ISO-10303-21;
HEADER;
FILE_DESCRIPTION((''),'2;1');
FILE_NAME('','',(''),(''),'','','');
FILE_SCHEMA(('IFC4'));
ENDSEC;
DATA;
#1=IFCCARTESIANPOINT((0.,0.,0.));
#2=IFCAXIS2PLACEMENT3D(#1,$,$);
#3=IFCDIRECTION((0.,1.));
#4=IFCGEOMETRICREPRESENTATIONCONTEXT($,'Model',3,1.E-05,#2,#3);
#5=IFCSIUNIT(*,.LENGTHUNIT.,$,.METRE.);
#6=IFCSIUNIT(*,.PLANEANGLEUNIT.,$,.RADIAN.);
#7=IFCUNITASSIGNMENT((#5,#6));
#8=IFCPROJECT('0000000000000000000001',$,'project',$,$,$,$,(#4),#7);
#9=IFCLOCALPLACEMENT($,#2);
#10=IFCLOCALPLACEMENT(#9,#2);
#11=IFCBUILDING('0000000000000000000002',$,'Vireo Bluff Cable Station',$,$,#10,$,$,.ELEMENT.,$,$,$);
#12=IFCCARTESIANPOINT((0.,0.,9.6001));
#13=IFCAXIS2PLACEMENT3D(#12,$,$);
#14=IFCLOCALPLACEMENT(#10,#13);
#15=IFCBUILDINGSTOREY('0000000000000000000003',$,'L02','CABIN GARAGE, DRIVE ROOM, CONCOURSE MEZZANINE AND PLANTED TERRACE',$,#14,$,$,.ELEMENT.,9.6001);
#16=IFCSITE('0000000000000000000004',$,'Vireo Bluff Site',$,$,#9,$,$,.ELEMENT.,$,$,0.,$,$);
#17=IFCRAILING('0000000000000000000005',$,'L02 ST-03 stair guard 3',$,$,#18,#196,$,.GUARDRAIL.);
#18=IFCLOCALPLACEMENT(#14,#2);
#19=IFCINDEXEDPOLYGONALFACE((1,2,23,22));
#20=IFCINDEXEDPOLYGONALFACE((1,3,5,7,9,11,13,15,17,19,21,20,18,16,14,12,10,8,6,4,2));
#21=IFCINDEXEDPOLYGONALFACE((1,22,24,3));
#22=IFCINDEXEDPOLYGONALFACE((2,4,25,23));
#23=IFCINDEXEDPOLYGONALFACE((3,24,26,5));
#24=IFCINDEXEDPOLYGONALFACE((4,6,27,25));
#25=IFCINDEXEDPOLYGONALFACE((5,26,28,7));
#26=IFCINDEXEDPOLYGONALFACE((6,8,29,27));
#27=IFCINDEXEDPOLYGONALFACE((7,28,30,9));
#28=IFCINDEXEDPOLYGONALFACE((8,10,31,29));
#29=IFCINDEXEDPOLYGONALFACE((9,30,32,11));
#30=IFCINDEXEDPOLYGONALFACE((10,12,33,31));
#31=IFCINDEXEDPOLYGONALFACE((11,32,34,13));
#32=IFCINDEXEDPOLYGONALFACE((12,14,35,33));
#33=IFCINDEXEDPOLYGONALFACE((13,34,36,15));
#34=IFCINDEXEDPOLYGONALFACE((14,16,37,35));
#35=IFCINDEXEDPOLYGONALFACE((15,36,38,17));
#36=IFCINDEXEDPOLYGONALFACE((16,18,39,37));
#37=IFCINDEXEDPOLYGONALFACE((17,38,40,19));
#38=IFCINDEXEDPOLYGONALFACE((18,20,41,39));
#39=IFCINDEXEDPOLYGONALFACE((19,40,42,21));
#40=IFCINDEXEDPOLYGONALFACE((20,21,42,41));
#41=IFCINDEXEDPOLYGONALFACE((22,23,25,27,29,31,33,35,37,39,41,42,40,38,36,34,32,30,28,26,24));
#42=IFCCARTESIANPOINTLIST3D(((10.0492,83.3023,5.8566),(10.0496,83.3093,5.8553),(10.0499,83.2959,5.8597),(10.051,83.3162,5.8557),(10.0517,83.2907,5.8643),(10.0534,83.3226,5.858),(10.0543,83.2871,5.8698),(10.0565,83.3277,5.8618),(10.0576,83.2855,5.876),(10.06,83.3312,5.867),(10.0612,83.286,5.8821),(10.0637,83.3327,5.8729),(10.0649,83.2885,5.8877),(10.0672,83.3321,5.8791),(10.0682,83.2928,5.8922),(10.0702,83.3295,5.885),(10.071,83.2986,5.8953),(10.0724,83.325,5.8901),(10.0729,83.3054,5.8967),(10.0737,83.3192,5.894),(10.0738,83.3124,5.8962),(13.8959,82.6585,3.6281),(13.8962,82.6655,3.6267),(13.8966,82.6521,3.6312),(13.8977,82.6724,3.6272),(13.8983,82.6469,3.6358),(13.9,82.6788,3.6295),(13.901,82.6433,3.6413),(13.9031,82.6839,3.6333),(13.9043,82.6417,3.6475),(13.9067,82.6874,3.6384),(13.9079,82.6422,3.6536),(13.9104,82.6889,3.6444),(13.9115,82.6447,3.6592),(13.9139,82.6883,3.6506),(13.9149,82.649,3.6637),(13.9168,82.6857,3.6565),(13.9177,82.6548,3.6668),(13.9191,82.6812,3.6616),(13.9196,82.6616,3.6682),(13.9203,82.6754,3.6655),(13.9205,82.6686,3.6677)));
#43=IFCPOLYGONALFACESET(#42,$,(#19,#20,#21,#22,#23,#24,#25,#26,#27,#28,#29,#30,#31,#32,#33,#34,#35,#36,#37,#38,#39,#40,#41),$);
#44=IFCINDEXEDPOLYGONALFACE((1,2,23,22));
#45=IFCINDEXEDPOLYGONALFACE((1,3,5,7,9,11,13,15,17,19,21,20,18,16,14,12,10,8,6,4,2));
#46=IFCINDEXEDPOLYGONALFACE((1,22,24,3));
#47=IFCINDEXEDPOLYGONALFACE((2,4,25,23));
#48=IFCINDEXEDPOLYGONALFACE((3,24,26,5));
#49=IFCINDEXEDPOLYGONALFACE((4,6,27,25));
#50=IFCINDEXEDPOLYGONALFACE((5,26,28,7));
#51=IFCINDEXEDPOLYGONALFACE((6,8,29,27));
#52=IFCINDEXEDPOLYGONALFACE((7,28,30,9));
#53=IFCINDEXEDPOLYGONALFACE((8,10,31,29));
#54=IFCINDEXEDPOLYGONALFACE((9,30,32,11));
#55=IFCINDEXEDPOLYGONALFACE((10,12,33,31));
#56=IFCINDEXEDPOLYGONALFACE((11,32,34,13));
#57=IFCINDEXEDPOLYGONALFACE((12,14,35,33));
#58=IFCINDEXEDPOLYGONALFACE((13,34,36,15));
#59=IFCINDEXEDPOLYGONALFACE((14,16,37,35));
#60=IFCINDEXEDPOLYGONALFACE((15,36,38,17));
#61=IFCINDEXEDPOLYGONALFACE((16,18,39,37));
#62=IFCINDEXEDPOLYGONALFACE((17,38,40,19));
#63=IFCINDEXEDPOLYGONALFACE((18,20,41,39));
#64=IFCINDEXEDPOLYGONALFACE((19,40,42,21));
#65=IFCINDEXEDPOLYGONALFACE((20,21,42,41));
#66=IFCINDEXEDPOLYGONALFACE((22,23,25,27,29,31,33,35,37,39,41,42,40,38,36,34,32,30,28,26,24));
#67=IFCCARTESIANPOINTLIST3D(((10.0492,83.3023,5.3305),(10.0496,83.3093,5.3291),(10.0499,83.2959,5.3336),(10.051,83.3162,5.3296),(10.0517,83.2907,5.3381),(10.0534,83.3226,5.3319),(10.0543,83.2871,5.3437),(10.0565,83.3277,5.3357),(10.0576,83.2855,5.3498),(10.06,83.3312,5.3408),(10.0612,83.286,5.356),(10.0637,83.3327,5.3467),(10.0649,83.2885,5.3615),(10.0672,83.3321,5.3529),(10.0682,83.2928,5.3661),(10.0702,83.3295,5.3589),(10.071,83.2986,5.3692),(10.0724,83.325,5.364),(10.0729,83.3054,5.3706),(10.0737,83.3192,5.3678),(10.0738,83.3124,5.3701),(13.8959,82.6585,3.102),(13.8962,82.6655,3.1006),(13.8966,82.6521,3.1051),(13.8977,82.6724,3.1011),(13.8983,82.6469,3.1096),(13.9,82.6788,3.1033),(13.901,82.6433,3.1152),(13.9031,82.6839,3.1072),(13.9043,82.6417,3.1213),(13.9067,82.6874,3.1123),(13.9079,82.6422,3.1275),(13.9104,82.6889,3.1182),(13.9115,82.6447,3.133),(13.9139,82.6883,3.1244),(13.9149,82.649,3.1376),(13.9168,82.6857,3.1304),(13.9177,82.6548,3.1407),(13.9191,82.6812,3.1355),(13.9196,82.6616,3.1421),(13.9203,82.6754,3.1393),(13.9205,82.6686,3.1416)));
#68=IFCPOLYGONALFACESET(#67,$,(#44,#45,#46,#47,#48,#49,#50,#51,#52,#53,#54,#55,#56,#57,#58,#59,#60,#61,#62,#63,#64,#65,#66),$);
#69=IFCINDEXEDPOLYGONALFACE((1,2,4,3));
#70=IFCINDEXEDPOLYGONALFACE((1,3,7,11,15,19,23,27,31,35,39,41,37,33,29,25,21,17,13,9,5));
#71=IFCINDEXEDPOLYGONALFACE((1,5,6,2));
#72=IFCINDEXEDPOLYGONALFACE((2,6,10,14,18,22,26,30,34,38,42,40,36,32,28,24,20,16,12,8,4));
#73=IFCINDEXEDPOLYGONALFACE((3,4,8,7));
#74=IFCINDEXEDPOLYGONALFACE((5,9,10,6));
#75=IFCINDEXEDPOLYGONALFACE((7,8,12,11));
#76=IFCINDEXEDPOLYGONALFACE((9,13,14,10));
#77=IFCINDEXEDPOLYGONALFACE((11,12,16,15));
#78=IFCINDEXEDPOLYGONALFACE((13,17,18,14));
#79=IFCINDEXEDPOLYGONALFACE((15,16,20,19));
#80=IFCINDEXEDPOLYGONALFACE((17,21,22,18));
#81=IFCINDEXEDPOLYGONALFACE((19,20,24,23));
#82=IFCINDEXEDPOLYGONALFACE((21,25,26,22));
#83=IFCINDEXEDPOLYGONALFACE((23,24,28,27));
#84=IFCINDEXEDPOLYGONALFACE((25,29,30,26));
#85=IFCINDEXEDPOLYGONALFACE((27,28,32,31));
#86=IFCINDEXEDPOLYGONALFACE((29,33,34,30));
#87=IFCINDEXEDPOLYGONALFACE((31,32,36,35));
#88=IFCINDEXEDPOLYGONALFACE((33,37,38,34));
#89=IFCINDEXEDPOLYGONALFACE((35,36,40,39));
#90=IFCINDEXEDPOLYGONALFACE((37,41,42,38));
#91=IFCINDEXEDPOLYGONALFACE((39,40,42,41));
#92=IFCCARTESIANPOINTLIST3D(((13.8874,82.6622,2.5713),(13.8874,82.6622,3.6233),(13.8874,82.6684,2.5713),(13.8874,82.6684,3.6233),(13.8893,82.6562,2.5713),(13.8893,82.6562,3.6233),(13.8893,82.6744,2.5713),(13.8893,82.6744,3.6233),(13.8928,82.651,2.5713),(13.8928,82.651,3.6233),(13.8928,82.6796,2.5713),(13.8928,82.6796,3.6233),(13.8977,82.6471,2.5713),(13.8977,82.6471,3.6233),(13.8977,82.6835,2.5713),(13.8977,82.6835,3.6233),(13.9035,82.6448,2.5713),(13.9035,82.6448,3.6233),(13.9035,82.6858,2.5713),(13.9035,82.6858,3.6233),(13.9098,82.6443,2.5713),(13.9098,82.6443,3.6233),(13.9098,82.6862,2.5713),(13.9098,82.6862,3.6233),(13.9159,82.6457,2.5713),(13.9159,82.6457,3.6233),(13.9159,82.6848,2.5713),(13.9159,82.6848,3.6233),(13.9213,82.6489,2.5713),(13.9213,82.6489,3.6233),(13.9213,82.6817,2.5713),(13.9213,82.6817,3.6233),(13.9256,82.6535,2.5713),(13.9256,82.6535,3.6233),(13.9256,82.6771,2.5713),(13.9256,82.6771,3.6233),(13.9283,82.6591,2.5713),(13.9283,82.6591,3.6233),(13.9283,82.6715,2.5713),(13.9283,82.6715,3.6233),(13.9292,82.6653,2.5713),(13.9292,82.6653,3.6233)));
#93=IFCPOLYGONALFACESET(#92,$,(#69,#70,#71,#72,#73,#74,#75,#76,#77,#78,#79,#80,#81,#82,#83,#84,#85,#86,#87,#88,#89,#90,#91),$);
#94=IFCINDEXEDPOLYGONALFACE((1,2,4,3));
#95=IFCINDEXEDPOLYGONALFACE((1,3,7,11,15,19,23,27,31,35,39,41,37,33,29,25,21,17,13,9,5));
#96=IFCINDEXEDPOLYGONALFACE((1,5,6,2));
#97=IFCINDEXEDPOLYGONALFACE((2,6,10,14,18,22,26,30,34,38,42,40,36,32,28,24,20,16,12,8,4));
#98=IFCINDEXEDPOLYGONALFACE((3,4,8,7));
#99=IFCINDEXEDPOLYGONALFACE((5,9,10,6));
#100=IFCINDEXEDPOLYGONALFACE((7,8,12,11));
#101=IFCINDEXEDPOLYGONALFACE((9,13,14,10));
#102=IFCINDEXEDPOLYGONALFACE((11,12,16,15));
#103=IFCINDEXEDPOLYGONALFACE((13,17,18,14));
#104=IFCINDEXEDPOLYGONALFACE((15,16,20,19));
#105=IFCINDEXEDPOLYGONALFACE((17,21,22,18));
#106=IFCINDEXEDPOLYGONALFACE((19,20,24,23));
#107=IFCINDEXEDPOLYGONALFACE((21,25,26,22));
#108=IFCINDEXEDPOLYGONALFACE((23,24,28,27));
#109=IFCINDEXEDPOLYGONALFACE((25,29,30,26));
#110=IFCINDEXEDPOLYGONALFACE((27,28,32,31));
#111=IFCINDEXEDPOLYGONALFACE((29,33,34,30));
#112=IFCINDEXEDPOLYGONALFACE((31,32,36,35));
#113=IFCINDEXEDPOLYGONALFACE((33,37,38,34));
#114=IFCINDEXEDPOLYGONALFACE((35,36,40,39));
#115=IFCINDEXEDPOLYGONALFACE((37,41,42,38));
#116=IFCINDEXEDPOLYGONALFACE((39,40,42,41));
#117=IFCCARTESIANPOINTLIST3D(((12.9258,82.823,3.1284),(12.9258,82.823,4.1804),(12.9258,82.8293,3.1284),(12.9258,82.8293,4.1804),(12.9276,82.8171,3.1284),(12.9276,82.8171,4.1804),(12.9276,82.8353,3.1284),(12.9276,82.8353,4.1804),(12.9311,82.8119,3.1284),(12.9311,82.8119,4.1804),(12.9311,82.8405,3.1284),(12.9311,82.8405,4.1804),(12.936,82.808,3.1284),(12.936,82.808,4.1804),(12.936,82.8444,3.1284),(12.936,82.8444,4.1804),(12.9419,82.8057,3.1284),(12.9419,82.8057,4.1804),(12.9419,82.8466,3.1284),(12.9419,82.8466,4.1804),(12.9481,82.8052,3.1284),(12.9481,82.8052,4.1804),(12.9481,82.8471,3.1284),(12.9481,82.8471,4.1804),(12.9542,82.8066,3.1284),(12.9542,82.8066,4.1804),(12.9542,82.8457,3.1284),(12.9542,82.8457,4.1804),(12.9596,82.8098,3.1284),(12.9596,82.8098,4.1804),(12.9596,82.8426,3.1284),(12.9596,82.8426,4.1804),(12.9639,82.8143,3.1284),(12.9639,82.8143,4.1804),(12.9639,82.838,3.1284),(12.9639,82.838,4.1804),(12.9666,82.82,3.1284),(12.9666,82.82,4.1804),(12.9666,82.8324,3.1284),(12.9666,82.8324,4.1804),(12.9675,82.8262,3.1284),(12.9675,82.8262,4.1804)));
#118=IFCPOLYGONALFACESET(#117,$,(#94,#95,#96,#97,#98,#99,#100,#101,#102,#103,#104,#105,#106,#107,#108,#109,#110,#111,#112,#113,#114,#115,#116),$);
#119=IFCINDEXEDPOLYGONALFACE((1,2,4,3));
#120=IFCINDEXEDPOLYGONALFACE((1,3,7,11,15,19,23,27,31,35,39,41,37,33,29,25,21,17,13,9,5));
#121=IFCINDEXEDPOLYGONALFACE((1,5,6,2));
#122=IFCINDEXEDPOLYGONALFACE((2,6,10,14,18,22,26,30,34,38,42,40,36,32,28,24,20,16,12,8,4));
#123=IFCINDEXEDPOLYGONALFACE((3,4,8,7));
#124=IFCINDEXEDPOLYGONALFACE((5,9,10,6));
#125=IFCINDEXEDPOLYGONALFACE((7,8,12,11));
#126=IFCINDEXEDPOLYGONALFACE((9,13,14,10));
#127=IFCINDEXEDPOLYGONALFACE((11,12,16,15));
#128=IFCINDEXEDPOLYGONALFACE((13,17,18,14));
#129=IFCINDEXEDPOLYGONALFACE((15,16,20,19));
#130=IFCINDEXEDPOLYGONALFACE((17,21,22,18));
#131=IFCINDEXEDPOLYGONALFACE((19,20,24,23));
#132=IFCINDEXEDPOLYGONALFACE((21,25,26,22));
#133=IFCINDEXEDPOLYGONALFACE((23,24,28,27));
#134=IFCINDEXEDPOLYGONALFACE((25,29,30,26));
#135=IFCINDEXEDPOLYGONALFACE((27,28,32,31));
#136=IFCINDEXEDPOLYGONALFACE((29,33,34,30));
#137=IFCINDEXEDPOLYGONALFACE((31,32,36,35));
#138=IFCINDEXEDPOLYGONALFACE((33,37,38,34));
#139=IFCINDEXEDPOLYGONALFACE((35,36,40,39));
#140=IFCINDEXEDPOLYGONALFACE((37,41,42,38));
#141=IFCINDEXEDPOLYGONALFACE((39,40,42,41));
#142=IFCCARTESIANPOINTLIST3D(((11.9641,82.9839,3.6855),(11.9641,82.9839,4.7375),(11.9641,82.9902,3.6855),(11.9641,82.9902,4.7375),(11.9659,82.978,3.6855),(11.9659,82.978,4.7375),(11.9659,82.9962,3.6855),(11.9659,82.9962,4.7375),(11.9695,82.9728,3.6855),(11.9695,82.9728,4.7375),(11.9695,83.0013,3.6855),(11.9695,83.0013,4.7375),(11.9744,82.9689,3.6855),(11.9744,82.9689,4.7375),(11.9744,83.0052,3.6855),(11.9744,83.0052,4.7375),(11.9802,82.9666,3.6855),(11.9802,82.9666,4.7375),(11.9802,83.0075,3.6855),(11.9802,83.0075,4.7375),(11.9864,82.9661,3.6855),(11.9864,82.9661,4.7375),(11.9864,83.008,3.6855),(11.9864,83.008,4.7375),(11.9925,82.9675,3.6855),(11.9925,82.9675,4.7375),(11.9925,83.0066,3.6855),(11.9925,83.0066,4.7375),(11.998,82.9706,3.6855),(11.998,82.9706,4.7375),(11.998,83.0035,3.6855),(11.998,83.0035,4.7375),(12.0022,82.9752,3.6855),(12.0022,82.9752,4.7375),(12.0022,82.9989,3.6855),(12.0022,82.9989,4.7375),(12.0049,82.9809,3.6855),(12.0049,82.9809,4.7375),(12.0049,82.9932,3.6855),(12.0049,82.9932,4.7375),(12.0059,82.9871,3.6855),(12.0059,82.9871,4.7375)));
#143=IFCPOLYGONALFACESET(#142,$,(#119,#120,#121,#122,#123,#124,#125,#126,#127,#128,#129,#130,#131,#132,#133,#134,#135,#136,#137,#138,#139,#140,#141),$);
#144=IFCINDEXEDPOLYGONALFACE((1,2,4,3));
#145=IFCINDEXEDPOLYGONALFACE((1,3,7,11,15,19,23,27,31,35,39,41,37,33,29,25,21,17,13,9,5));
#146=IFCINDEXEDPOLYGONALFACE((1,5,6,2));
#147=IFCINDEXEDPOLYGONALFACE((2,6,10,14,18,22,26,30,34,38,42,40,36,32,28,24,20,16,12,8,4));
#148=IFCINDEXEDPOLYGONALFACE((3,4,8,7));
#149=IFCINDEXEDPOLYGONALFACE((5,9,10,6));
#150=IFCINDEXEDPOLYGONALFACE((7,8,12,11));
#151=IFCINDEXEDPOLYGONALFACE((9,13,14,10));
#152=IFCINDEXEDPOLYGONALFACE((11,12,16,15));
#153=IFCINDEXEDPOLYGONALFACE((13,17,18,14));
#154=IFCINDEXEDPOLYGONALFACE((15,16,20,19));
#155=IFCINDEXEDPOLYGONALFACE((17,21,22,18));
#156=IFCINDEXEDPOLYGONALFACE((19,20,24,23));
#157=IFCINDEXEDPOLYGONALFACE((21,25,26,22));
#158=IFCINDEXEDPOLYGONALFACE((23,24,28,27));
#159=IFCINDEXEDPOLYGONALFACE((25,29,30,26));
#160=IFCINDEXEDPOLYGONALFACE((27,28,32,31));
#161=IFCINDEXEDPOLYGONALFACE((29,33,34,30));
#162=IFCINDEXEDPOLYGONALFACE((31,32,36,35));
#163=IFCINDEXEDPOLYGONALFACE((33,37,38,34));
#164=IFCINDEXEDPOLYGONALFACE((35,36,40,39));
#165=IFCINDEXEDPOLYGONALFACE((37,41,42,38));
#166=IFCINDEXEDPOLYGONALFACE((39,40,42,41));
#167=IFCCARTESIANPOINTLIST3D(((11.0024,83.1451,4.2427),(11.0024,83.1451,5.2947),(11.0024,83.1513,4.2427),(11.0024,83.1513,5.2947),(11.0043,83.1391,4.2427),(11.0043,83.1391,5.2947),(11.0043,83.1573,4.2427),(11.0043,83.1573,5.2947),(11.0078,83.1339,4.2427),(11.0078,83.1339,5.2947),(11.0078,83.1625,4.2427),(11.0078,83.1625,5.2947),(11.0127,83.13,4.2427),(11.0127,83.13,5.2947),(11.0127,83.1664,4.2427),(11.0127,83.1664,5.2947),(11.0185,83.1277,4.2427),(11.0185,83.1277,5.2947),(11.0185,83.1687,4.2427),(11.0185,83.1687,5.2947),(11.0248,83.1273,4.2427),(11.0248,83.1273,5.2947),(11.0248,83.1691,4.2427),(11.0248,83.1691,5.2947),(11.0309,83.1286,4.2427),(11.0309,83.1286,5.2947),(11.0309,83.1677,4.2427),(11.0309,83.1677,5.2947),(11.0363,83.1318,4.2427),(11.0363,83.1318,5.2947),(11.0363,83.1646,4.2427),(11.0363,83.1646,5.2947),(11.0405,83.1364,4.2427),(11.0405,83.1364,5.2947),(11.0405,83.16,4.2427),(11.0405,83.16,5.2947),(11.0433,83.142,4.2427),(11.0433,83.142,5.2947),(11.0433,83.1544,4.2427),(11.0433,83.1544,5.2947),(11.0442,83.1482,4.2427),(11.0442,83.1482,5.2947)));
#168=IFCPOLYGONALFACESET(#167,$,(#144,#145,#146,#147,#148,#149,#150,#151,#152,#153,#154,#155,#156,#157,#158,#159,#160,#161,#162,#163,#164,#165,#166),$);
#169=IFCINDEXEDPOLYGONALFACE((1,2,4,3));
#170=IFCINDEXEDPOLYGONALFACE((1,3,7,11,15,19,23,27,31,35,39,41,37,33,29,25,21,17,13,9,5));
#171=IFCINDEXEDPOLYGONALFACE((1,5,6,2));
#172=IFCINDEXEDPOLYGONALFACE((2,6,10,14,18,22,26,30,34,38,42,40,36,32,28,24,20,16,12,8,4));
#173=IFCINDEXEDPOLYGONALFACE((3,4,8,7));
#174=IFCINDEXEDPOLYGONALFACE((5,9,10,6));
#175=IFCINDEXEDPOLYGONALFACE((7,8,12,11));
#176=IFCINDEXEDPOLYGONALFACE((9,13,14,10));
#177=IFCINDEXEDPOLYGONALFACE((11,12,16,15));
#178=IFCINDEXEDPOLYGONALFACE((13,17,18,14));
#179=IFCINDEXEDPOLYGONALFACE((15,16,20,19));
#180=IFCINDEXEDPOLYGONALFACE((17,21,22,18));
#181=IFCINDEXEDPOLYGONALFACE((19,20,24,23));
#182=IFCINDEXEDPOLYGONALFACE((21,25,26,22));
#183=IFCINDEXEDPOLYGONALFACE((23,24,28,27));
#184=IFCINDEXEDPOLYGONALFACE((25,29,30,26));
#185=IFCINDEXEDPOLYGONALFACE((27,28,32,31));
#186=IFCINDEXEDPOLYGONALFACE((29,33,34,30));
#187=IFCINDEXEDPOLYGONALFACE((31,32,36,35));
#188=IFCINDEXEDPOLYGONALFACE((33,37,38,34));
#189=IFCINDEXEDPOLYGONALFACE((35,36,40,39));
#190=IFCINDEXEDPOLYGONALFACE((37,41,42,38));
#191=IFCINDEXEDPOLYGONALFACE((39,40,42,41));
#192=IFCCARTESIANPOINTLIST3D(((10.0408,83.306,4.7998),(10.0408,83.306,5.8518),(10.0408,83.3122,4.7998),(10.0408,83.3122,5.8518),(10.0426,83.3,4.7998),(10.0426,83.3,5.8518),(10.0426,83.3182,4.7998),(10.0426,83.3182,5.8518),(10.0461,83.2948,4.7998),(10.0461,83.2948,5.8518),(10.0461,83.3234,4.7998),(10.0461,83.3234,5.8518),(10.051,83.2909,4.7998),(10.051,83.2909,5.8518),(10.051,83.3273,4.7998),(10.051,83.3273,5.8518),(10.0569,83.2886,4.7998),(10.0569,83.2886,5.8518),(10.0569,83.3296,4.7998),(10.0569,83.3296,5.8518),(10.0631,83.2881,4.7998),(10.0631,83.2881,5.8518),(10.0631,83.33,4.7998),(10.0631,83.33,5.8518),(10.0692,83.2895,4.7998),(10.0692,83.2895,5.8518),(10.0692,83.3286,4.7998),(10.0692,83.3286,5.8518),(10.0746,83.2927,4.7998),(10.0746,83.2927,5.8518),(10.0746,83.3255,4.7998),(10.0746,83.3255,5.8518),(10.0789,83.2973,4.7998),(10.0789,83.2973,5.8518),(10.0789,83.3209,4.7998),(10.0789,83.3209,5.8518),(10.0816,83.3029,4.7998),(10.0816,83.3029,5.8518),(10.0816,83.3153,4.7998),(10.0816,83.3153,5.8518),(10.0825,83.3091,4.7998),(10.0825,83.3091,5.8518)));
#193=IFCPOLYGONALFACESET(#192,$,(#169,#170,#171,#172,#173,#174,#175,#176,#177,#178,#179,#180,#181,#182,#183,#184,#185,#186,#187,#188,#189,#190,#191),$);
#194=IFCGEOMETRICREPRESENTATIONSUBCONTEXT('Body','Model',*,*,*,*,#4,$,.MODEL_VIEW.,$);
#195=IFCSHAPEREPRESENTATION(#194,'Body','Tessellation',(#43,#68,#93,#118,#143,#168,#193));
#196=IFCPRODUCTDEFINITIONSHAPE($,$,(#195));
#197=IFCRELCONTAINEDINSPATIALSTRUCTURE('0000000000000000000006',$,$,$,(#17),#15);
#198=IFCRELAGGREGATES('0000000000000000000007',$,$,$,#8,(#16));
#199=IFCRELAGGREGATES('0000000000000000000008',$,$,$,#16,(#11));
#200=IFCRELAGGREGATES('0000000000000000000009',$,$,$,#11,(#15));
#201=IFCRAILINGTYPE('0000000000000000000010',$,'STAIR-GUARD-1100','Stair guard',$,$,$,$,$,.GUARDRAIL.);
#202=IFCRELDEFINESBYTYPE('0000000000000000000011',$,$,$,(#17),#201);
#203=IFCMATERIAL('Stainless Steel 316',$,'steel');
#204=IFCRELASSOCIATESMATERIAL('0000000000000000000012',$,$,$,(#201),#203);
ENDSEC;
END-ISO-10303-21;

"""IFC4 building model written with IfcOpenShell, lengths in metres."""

from ifc_helpers import new_model, si_unit, direction, frame, origin, origin_2d, place, context, subcontext, project, spatial, circle, extrude, material, type_object, element, save


model = new_model("IFC4")

# Units and contexts
model_context = context("Model", 3, precision=1e-05, world=origin(), true_north=direction((0.0, 1.0)))
body_context = subcontext(model_context, "Body", "Model", "MODEL_VIEW")
ifc_project = project(units=[si_unit("LENGTHUNIT", "METRE"), si_unit("PLANEANGLEUNIT", "RADIAN")], contexts=[model_context])

# Site, building, storey
site_placement = place(None, origin())
site = spatial("IfcSite", under=ifc_project, at=site_placement, Name="Vireo Bluff Site", CompositionType="ELEMENT", RefElevation=0.0)
building_placement = place(site_placement, origin())
building = spatial("IfcBuilding", under=site, at=building_placement, Name="Vireo Bluff Cable Station", CompositionType="ELEMENT")
storey_placement = place(building_placement, frame((0.0, 0.0, 9.6001)))
storey = spatial("IfcBuildingStorey", under=building, at=storey_placement, Name="L02", Description="CABIN GARAGE, DRIVE ROOM, CONCOURSE MEZZANINE AND PLANTED TERRACE", CompositionType="ELEMENT", Elevation=9.6001)

# Shared definitions
ifc_material_1 = material(Name="Stainless Steel 316", Category="steel")

# Railing
railing_type_1 = type_object("IfcRailingType", Name="STAIR-GUARD-1100", Description="Stair guard", PredefinedType="GUARDRAIL", material=ifc_material_1)
railing_1_placement = place(storey_placement, frame((13.9082, 82.6653, 2.5713)))
element("IfcRailing", 1, at=railing_1_placement, inside=storey, type_object=railing_type_1, Name="L02 ST-03 stair guard 3", PredefinedType="GUARDRAIL", context=body_context, shape_type="SweptSolid", body=[
    extrude(circle(Radius=0.0239, at=origin_2d()), frame((0.0, 0.0, 1.0762), z_axis=(-0.856348, 0.143322, 0.496112), x_axis=(-0.165069, -0.986282, 0.0)), (0.0, 0.0, 1.0), 4.4919),
    extrude(circle(Radius=0.0239, at=origin_2d()), frame((0.0, 0.0, 0.55), z_axis=(-0.856348, 0.143322, 0.496112), x_axis=(-0.165069, -0.986282, 0.0)), (0.0, 0.0, 1.0), 4.4919),
    extrude(circle(Radius=0.021, at=origin_2d()), origin(), (0.0, 0.0, 1.0), 1.052),
    extrude(circle(Radius=0.021, at=origin_2d()), frame((-0.9617, 0.1609, 0.5571)), (0.0, 0.0, 1.0), 1.052),
    extrude(circle(Radius=0.021, at=origin_2d()), frame((-1.9233, 0.3218, 1.1143)), (0.0, 0.0, 1.0), 1.052),
    extrude(circle(Radius=0.021, at=origin_2d()), frame((-2.885, 0.4829, 1.6714)), (0.0, 0.0, 1.0), 1.052),
    extrude(circle(Radius=0.021, at=origin_2d()), frame((-3.8467, 0.6438, 2.2285)), (0.0, 0.0, 1.0), 1.052),
])

save(model, "model.ifc")
